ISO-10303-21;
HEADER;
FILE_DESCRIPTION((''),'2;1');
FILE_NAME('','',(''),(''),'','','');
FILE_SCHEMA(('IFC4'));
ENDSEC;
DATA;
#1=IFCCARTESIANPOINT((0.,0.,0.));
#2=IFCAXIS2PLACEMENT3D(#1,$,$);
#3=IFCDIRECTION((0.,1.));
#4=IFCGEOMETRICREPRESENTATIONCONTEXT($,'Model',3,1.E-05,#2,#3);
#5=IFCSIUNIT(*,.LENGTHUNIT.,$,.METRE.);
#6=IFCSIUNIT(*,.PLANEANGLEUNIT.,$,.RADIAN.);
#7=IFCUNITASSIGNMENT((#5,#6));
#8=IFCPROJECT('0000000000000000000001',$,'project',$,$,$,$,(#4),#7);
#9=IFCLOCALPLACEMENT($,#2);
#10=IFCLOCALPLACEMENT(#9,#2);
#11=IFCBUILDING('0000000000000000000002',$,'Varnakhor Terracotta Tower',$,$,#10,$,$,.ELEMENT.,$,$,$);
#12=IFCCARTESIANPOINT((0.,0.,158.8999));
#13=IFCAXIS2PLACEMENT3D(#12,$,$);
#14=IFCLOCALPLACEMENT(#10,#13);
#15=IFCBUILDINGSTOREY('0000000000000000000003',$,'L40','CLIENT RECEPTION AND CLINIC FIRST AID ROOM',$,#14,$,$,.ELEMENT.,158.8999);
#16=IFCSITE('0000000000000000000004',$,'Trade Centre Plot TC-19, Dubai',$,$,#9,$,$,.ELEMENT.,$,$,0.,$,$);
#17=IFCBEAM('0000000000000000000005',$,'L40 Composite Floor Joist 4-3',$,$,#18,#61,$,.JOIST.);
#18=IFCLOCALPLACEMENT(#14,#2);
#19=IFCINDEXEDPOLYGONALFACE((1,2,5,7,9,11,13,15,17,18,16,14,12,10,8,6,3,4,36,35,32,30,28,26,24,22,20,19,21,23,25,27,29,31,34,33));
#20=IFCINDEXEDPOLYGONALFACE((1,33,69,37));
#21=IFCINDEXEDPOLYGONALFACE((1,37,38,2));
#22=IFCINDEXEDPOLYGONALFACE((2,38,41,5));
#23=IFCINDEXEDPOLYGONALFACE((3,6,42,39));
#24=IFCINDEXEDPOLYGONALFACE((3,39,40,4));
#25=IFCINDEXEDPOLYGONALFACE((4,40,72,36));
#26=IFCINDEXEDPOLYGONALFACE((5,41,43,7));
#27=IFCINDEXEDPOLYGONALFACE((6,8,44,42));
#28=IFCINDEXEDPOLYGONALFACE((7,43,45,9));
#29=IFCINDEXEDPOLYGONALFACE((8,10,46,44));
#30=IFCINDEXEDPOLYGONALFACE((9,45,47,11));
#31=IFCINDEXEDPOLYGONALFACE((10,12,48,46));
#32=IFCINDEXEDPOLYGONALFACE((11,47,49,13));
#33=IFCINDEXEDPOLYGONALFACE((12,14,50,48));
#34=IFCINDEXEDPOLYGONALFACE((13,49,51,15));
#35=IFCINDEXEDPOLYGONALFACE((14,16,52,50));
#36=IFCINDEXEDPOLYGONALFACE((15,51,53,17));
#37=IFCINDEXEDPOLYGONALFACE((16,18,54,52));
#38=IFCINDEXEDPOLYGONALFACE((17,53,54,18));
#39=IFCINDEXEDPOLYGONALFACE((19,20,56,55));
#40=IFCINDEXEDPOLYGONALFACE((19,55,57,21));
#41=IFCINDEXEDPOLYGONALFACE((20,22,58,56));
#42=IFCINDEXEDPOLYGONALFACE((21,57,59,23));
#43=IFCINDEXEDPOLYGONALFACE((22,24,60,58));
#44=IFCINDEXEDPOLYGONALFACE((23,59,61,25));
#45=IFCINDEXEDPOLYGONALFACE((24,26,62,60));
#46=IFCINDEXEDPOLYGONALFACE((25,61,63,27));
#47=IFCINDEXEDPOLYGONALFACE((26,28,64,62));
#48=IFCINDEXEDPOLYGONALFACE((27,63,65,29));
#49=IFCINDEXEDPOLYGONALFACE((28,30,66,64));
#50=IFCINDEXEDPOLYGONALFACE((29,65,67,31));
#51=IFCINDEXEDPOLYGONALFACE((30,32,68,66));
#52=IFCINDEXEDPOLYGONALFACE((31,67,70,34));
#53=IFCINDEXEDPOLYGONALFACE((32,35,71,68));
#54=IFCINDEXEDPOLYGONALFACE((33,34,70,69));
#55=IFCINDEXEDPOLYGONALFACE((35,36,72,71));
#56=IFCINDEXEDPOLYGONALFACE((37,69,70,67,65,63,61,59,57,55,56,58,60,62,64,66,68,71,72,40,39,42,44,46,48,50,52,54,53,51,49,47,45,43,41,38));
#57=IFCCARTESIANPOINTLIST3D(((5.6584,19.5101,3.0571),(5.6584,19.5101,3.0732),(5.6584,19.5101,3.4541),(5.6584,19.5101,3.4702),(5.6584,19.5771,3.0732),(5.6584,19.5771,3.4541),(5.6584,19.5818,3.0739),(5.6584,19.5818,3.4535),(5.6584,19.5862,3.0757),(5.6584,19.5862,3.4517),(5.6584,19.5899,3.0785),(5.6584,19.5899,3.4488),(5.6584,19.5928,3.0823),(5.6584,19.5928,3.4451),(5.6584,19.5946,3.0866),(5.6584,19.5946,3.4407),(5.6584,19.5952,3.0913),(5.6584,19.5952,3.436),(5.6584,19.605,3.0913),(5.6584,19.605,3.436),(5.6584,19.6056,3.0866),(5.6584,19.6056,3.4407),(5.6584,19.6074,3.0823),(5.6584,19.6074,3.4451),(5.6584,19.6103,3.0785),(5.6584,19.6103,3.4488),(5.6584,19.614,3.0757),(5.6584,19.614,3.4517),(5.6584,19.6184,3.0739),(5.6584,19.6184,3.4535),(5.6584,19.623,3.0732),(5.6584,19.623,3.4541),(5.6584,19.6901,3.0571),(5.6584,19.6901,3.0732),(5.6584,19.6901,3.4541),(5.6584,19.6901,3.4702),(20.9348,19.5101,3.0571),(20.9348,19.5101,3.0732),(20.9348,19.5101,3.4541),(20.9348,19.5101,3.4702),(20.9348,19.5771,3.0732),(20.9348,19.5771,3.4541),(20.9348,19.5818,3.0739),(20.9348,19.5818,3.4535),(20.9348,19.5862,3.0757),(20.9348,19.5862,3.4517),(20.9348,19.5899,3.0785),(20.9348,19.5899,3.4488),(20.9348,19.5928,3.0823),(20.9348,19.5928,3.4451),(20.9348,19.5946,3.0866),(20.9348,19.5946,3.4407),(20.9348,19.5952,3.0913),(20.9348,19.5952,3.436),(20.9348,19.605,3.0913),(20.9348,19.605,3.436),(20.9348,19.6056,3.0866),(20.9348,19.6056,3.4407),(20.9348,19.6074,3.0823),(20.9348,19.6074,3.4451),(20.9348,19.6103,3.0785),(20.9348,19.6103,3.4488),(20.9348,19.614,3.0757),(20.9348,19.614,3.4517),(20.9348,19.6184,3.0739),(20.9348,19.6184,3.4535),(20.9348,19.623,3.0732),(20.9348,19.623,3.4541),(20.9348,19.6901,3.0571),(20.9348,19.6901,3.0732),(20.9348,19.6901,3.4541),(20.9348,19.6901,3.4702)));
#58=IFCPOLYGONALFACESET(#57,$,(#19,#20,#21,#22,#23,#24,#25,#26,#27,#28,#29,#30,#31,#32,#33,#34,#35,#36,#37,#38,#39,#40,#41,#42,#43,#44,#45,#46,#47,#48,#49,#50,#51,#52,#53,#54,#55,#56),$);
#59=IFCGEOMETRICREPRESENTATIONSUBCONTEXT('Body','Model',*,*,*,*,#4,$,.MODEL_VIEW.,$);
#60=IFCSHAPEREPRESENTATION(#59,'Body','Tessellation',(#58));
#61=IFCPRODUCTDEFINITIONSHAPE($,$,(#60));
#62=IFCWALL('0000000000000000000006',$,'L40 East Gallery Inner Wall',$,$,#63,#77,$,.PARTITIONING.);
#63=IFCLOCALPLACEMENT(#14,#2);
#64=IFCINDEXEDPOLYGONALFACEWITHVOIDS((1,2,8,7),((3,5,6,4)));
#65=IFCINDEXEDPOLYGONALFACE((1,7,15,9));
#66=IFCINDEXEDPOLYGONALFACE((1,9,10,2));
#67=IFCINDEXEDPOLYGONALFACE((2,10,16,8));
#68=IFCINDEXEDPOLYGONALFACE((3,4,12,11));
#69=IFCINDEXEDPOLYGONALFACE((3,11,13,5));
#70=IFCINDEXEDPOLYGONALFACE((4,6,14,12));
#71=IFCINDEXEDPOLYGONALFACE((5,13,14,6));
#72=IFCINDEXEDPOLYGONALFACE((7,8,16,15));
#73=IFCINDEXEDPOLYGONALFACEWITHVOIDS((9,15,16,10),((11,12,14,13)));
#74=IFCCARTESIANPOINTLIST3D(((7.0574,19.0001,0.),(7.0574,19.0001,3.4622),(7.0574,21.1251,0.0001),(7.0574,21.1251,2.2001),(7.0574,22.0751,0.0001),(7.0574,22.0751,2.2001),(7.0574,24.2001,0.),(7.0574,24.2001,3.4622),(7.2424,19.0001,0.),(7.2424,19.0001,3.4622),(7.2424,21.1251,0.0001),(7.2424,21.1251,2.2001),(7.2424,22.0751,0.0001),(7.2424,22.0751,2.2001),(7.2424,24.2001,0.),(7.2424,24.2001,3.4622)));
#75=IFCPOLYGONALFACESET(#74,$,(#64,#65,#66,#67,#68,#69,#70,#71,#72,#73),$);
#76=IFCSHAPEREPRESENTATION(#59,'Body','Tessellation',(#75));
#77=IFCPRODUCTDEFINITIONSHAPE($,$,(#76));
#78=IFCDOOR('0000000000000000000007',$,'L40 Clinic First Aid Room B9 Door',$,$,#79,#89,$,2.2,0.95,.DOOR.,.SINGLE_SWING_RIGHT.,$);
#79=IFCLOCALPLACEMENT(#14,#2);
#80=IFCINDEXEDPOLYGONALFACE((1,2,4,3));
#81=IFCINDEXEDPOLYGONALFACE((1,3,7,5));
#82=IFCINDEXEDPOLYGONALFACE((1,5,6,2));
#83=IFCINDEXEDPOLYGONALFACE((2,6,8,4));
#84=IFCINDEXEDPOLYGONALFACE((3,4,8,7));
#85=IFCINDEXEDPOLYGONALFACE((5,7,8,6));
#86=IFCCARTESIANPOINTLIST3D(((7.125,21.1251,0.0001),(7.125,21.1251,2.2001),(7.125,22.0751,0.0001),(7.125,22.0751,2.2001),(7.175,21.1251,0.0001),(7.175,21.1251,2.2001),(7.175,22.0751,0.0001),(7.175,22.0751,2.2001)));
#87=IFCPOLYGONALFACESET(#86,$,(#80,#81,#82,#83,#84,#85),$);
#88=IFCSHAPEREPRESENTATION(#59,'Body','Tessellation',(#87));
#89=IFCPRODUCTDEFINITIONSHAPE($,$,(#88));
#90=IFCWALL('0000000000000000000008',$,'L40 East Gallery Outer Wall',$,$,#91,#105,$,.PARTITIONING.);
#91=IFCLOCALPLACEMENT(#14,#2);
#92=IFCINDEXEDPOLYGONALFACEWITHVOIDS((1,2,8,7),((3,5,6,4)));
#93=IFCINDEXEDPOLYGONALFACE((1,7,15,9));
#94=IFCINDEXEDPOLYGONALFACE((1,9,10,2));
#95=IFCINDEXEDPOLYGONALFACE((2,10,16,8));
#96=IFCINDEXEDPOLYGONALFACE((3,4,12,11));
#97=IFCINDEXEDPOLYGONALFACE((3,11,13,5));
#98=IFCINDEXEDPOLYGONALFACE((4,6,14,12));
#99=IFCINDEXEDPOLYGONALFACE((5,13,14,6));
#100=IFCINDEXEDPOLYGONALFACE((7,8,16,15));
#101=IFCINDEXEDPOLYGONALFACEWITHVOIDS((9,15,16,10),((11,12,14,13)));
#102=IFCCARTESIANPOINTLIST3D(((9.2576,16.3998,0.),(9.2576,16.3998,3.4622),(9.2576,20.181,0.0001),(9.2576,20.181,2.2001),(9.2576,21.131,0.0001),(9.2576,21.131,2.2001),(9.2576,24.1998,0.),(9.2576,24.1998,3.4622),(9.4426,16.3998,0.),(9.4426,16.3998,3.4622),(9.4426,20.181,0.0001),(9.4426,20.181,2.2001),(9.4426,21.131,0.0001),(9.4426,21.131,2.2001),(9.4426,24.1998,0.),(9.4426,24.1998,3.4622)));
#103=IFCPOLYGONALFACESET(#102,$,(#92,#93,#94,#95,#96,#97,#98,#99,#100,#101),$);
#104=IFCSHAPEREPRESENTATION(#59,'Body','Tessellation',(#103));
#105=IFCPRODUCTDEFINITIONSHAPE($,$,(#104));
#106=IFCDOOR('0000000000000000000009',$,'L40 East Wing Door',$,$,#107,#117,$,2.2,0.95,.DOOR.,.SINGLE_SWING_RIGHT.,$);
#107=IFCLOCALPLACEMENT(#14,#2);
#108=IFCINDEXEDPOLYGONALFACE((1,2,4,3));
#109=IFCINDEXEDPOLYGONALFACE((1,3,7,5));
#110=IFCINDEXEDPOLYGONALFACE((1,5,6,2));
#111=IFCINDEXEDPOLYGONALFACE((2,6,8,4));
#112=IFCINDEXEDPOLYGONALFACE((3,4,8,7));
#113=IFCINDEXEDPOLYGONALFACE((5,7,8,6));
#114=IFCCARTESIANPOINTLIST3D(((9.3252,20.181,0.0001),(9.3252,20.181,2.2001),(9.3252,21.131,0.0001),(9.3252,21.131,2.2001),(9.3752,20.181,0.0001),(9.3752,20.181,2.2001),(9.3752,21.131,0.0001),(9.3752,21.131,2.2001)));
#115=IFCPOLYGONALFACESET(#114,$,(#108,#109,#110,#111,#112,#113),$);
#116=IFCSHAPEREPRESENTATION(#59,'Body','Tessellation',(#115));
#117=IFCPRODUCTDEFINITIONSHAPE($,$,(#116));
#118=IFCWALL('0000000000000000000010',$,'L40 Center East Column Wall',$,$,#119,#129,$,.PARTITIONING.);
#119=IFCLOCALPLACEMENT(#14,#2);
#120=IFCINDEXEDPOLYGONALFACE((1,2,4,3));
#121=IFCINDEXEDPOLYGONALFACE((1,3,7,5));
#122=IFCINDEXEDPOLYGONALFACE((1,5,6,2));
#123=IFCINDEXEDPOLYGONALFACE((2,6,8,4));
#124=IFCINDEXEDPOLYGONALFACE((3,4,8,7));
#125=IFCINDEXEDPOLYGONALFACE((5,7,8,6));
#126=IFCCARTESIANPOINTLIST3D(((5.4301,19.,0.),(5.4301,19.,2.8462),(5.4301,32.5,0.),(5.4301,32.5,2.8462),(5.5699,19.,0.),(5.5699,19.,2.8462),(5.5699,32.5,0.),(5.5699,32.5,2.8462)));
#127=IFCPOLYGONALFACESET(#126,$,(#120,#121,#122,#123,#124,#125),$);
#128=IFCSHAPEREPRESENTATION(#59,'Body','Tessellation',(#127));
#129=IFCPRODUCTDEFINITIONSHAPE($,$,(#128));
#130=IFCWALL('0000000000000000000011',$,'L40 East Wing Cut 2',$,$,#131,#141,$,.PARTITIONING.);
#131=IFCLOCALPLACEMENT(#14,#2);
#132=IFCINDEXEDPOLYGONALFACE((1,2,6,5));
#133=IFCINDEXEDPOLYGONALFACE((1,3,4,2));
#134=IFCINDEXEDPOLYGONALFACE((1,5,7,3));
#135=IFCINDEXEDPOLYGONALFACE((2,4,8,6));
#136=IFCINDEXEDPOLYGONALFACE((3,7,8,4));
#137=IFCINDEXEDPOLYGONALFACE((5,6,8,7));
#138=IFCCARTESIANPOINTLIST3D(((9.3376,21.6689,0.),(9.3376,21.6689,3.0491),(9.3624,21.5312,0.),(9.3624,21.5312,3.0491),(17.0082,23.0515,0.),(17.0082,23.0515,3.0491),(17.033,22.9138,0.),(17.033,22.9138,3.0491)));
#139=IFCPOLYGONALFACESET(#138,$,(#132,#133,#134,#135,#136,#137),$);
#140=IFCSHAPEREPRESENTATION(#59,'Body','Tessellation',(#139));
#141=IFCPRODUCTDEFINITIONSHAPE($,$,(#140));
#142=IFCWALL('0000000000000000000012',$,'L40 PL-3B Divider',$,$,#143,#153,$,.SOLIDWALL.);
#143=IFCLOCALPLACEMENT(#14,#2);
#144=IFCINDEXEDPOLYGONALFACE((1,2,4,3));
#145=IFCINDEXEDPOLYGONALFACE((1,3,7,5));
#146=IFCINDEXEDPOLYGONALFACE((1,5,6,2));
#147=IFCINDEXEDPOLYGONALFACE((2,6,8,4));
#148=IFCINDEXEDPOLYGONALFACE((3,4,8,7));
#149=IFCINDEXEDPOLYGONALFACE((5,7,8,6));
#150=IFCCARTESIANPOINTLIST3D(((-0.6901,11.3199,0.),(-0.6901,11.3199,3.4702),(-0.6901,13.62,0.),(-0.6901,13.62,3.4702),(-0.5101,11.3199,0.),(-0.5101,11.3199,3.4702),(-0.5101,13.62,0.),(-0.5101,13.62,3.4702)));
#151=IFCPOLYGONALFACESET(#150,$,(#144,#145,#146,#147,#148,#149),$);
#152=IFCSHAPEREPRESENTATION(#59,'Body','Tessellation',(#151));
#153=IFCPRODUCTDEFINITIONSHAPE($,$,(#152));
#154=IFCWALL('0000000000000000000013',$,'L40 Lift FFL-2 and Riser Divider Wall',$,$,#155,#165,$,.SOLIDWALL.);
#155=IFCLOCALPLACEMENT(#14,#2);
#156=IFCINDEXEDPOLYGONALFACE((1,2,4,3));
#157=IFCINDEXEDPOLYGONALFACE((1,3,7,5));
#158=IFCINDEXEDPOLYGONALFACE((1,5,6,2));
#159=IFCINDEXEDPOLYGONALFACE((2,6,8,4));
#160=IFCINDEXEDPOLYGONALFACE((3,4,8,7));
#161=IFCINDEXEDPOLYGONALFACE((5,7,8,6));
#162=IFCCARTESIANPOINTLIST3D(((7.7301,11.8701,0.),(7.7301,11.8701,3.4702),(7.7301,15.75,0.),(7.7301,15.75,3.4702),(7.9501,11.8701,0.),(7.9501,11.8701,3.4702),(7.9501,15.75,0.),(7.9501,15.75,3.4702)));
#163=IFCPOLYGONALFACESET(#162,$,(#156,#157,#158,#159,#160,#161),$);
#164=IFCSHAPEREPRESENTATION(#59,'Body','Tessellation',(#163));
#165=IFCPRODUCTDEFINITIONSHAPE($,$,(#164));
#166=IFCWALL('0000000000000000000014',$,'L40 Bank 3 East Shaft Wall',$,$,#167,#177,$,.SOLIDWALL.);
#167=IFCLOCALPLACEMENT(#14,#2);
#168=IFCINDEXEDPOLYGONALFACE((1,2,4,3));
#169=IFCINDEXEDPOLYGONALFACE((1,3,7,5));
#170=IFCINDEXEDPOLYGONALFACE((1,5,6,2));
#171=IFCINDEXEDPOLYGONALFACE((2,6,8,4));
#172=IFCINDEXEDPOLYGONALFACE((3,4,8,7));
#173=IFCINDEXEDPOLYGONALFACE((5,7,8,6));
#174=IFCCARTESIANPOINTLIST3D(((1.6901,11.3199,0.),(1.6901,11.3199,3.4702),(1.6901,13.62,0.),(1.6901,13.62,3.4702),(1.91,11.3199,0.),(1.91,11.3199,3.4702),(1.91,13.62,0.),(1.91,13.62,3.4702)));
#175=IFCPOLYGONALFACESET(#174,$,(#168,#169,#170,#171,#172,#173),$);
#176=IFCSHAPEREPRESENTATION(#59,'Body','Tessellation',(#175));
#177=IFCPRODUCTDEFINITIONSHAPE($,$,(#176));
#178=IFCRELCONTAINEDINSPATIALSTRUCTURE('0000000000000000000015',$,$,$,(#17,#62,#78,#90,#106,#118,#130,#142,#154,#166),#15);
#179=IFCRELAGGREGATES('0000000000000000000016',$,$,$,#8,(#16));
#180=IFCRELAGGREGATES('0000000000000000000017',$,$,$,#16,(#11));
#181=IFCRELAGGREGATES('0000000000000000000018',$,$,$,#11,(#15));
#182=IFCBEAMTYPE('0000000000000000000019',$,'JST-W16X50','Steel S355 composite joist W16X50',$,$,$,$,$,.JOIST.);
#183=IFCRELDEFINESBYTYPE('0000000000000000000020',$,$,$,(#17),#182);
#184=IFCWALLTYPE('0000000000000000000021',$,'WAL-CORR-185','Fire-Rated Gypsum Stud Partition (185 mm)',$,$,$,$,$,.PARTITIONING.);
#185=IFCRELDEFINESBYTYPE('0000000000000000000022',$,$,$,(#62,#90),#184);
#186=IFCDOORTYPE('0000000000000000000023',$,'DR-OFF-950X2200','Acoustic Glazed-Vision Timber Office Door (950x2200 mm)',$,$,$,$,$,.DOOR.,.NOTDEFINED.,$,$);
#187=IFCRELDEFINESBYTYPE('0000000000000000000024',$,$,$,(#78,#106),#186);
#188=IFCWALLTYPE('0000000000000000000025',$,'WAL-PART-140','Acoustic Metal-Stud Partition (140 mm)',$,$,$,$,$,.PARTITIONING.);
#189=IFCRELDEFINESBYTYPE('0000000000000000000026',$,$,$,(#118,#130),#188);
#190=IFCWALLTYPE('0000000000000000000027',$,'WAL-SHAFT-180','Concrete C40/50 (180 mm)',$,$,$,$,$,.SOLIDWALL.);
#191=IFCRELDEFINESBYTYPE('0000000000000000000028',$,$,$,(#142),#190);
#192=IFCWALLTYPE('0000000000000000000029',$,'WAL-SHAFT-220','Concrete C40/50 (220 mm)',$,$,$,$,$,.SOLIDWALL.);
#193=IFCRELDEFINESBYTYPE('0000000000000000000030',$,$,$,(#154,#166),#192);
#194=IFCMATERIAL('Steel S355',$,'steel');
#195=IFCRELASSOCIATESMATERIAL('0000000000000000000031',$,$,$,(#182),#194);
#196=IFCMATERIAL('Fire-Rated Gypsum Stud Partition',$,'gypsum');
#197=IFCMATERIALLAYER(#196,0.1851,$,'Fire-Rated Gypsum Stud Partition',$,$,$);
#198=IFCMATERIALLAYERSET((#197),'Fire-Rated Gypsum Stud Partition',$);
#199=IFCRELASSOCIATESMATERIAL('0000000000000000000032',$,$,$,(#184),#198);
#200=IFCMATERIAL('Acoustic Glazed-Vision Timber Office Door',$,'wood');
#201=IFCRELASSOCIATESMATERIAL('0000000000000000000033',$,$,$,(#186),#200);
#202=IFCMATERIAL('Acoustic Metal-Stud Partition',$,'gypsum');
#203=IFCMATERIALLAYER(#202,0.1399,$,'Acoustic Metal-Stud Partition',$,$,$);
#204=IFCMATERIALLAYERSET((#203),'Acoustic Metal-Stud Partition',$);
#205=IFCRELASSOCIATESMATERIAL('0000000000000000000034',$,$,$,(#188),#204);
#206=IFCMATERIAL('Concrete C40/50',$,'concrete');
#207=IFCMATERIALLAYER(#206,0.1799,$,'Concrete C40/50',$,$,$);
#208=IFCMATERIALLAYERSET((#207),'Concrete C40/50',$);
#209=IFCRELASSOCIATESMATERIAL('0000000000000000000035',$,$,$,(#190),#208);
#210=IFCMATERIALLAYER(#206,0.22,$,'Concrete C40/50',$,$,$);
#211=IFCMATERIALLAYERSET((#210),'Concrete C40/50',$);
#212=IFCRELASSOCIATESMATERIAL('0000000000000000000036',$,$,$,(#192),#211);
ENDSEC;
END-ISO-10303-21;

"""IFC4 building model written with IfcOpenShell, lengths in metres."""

from ifc_helpers import new_model, si_unit, direction, frame, frame_2d, origin, origin_2d, place, context, subcontext, project, spatial, rectangle, i_section, extrude, source, transform, mapped, material, layer, layer_set, material_profile, profile_set, type_object, type_shapes, element, fill, save


model = new_model("IFC4")

# Units and contexts
model_context = context("Model", 3, precision=1e-05, world=origin(), true_north=direction((0.0, 1.0)))
body_context = subcontext(model_context, "Body", "Model", "MODEL_VIEW")
ifc_project = project(units=[si_unit("LENGTHUNIT", "METRE"), si_unit("PLANEANGLEUNIT", "RADIAN")], contexts=[model_context])

# Site, building, storey
site_placement = place(None, origin())
site = spatial("IfcSite", under=ifc_project, at=site_placement, Name="Trade Centre Plot TC-19, Dubai", CompositionType="ELEMENT", RefElevation=0.0)
building_placement = place(site_placement, origin())
building = spatial("IfcBuilding", under=site, at=building_placement, Name="Varnakhor Terracotta Tower", CompositionType="ELEMENT")
storey_placement = place(building_placement, frame((0.0, 0.0, 158.8999)))
storey = spatial("IfcBuildingStorey", under=building, at=storey_placement, Name="L40", Description="CLIENT RECEPTION AND CLINIC FIRST AID ROOM", CompositionType="ELEMENT", Elevation=158.8999)

# Beam
ifc_material_1 = material(Name="Steel S355", Category="steel")
ifc_material_profile_1 = material_profile(ifc_material_1, i_section(OverallWidth=0.1799, OverallDepth=0.4131, WebThickness=0.0098, FlangeThickness=0.0161, FilletRadius=0.0181, at=origin_2d()), Name="W16X50")
ifc_profile_set_1 = profile_set([ifc_material_profile_1], Name="Steel S355")
beam_type_1 = type_object("IfcBeamType", Name="JST-W16X50", Description="Steel S355 composite joist W16X50", PredefinedType="JOIST", material=ifc_profile_set_1)
shared_shape_1 = source(origin(), body_context, "Body", "SweptSolid", [
    extrude(i_section(OverallWidth=0.1799, OverallDepth=0.4131, WebThickness=0.0098, FlangeThickness=0.0161, FilletRadius=0.0181, at=origin_2d()), origin(), (0.0, 0.0, 1.0), 15.2764),
])
beam_1_placement = place(storey_placement, frame((5.6584, 19.6001, 3.2637), z_axis=(1.0, 0.0, 0.0), x_axis=(0.0, 1.0, 0.0)))
element("IfcBeam", 1, at=beam_1_placement, inside=storey, type_object=beam_type_1, Name="L40 Composite Floor Joist 4-3", PredefinedType="JOIST", context=body_context, shape_type="MappedRepresentation", body=[
    mapped(shared_shape_1, transform((0.0, 0.0, 0.0), scale=1.0)),
])

# Walls, openings, doors
ifc_material_2 = material(Name="Fire-Rated Gypsum Stud Partition", Category="gypsum")
ifc_layer_1 = layer(ifc_material_2, 0.1851, Name="Fire-Rated Gypsum Stud Partition")
ifc_layer_set_1 = layer_set([ifc_layer_1], Name="Fire-Rated Gypsum Stud Partition")
wall_type_1 = type_object("IfcWallType", Name="WAL-CORR-185", Description="Fire-Rated Gypsum Stud Partition (185 mm)", PredefinedType="PARTITIONING", material=ifc_layer_set_1)
wall_1_placement = place(storey_placement, frame((7.1499, 19.0, 0.0), z_axis=(0.0, 0.0, 1.0), x_axis=(0.0, 1.0, 0.0)))
wall_1 = element("IfcWall", 2, at=wall_1_placement, inside=storey, type_object=wall_type_1, Name="L40 East Gallery Inner Wall", PredefinedType="PARTITIONING", context=body_context, shape_type="SweptSolid", body=[
    extrude(rectangle(XDim=5.2, YDim=0.1851, at=frame_2d((2.6001, 0.0))), origin(), (0.0, 0.0, 1.0), 3.4622),
])
opening_1_placement = place(wall_1_placement, frame((2.125, 0.0, 0.0)))
opening_1 = element("IfcOpeningElement", 3, at=opening_1_placement, cuts=wall_1, PredefinedType="OPENING", context=body_context, shape_type="SweptSolid", body=[
    extrude(rectangle(XDim=0.95, YDim=2.2, at=frame_2d((0.4751, 1.1001))), frame((0.0, 0.1025, 0.0), z_axis=(0.0, -1.0, 0.0), x_axis=(1.0, 0.0, 0.0)), (0.0, 0.0, 1.0), 0.2051),
])
ifc_material_3 = material(Name="Acoustic Glazed-Vision Timber Office Door", Category="wood")
door_type_1 = type_object("IfcDoorType", Name="DR-OFF-950X2200", Description="Acoustic Glazed-Vision Timber Office Door (950x2200 mm)", OperationType="NOTDEFINED", PredefinedType="DOOR", material=ifc_material_3)
shared_shape_2 = source(origin(), body_context, "Body", "SweptSolid", [
    extrude(rectangle(XDim=0.95, YDim=2.2, at=frame_2d((0.4751, 1.1001))), frame((0.0, 0.0249, 0.0), z_axis=(0.0, -1.0, 0.0), x_axis=(1.0, 0.0, 0.0)), (0.0, 0.0, 1.0), 0.05),
])
type_shapes(door_type_1, [shared_shape_2])
door_1_placement = place(opening_1_placement, origin())
door_1 = element("IfcDoor", 4, at=door_1_placement, inside=storey, type_object=door_type_1, Name="L40 Clinic First Aid Room B9 Door", OperationType="SINGLE_SWING_RIGHT", OverallHeight=2.2, OverallWidth=0.95, PredefinedType="DOOR", context=body_context, shape_type="MappedRepresentation", body=[
    mapped(shared_shape_2, transform((0.0, 0.0, 0.0), scale=1.0)),
])
fill(opening_1, door_1)
wall_2_placement = place(storey_placement, frame((9.3501, 16.3999, 0.0), z_axis=(0.0, 0.0, 1.0), x_axis=(0.0, 1.0, 0.0)))
wall_2 = element("IfcWall", 5, at=wall_2_placement, inside=storey, type_object=wall_type_1, Name="L40 East Gallery Outer Wall", PredefinedType="PARTITIONING", context=body_context, shape_type="SweptSolid", body=[
    extrude(rectangle(XDim=7.8, YDim=0.1851, at=frame_2d((3.8999, 0.0))), origin(), (0.0, 0.0, 1.0), 3.4622),
])
opening_2_placement = place(wall_2_placement, frame((3.781, 0.0, 0.0)))
opening_2 = element("IfcOpeningElement", 6, at=opening_2_placement, cuts=wall_2, PredefinedType="OPENING", context=body_context, shape_type="SweptSolid", body=[
    extrude(rectangle(XDim=0.95, YDim=2.2, at=frame_2d((0.4751, 1.1001))), frame((0.0, 0.1025, 0.0), z_axis=(0.0, -1.0, 0.0), x_axis=(1.0, 0.0, 0.0)), (0.0, 0.0, 1.0), 0.2051),
])
door_2_placement = place(opening_2_placement, origin())
door_2 = element("IfcDoor", 7, at=door_2_placement, inside=storey, type_object=door_type_1, Name="L40 East Wing Door", OperationType="SINGLE_SWING_RIGHT", OverallHeight=2.2, OverallWidth=0.95, PredefinedType="DOOR", context=body_context, shape_type="MappedRepresentation", body=[
    mapped(shared_shape_2, transform((0.0, 0.0, 0.0), scale=1.0)),
])
fill(opening_2, door_2)

# Walls
ifc_material_4 = material(Name="Acoustic Metal-Stud Partition", Category="gypsum")
ifc_layer_2 = layer(ifc_material_4, 0.1399, Name="Acoustic Metal-Stud Partition")
ifc_layer_set_2 = layer_set([ifc_layer_2], Name="Acoustic Metal-Stud Partition")
wall_type_2 = type_object("IfcWallType", Name="WAL-PART-140", Description="Acoustic Metal-Stud Partition (140 mm)", PredefinedType="PARTITIONING", material=ifc_layer_set_2)
wall_3_placement = place(storey_placement, frame((5.5, 19.0, 0.0), z_axis=(0.0, 0.0, 1.0), x_axis=(0.0, 1.0, 0.0)))
element("IfcWall", 8, at=wall_3_placement, inside=storey, type_object=wall_type_2, Name="L40 Center East Column Wall", PredefinedType="PARTITIONING", context=body_context, shape_type="SweptSolid", body=[
    extrude(rectangle(XDim=13.5, YDim=0.1399, at=frame_2d((6.75, 0.0))), origin(), (0.0, 0.0, 1.0), 2.8462),
])
wall_4_placement = place(storey_placement, frame((9.3501, 21.6001, 0.0), z_axis=(0.0, 0.0, 1.0), x_axis=(0.984142, 0.177383, 0.0)))
element("IfcWall", 9, at=wall_4_placement, inside=storey, type_object=wall_type_2, Name="L40 East Wing Cut 2", PredefinedType="PARTITIONING", context=body_context, shape_type="SweptSolid", body=[
    extrude(rectangle(XDim=7.7942, YDim=0.1399, at=frame_2d((3.897, 0.0))), origin(), (0.0, 0.0, 1.0), 3.0491),
])
ifc_material_5 = material(Name="Concrete C40/50", Category="concrete")
ifc_layer_3 = layer(ifc_material_5, 0.1799, Name="Concrete C40/50")
ifc_layer_set_3 = layer_set([ifc_layer_3], Name="Concrete C40/50")
wall_type_3 = type_object("IfcWallType", Name="WAL-SHAFT-180", Description="Concrete C40/50 (180 mm)", PredefinedType="SOLIDWALL", material=ifc_layer_set_3)
wall_5_placement = place(storey_placement, frame((-0.6001, 11.3201, 0.0), z_axis=(0.0, 0.0, 1.0), x_axis=(0.0, 1.0, 0.0)))
element("IfcWall", 10, at=wall_5_placement, inside=storey, type_object=wall_type_3, Name="L40 PL-3B Divider", PredefinedType="SOLIDWALL", context=body_context, shape_type="SweptSolid", body=[
    extrude(rectangle(XDim=2.3, YDim=0.1799, at=frame_2d((1.1499, 0.0))), origin(), (0.0, 0.0, 1.0), 3.4702),
])
ifc_layer_4 = layer(ifc_material_5, 0.22, Name="Concrete C40/50")
ifc_layer_set_4 = layer_set([ifc_layer_4], Name="Concrete C40/50")
wall_type_4 = type_object("IfcWallType", Name="WAL-SHAFT-220", Description="Concrete C40/50 (220 mm)", PredefinedType="SOLIDWALL", material=ifc_layer_set_4)
wall_6_placement = place(storey_placement, frame((7.8401, 11.8701, 0.0), z_axis=(0.0, 0.0, 1.0), x_axis=(0.0, 1.0, 0.0)))
element("IfcWall", 11, at=wall_6_placement, inside=storey, type_object=wall_type_4, Name="L40 Lift FFL-2 and Riser Divider Wall", PredefinedType="SOLIDWALL", context=body_context, shape_type="SweptSolid", body=[
    extrude(rectangle(XDim=3.8799, YDim=0.22, at=frame_2d((1.9399, 0.0))), origin(), (0.0, 0.0, 1.0), 3.4702),
])
wall_7_placement = place(storey_placement, frame((1.8, 11.3201, 0.0), z_axis=(0.0, 0.0, 1.0), x_axis=(0.0, 1.0, 0.0)))
element("IfcWall", 12, at=wall_7_placement, inside=storey, type_object=wall_type_4, Name="L40 Bank 3 East Shaft Wall", PredefinedType="SOLIDWALL", context=body_context, shape_type="SweptSolid", body=[
    extrude(rectangle(XDim=2.3, YDim=0.22, at=frame_2d((1.1499, 0.0))), origin(), (0.0, 0.0, 1.0), 3.4702),
])

save(model, "model.ifc")
